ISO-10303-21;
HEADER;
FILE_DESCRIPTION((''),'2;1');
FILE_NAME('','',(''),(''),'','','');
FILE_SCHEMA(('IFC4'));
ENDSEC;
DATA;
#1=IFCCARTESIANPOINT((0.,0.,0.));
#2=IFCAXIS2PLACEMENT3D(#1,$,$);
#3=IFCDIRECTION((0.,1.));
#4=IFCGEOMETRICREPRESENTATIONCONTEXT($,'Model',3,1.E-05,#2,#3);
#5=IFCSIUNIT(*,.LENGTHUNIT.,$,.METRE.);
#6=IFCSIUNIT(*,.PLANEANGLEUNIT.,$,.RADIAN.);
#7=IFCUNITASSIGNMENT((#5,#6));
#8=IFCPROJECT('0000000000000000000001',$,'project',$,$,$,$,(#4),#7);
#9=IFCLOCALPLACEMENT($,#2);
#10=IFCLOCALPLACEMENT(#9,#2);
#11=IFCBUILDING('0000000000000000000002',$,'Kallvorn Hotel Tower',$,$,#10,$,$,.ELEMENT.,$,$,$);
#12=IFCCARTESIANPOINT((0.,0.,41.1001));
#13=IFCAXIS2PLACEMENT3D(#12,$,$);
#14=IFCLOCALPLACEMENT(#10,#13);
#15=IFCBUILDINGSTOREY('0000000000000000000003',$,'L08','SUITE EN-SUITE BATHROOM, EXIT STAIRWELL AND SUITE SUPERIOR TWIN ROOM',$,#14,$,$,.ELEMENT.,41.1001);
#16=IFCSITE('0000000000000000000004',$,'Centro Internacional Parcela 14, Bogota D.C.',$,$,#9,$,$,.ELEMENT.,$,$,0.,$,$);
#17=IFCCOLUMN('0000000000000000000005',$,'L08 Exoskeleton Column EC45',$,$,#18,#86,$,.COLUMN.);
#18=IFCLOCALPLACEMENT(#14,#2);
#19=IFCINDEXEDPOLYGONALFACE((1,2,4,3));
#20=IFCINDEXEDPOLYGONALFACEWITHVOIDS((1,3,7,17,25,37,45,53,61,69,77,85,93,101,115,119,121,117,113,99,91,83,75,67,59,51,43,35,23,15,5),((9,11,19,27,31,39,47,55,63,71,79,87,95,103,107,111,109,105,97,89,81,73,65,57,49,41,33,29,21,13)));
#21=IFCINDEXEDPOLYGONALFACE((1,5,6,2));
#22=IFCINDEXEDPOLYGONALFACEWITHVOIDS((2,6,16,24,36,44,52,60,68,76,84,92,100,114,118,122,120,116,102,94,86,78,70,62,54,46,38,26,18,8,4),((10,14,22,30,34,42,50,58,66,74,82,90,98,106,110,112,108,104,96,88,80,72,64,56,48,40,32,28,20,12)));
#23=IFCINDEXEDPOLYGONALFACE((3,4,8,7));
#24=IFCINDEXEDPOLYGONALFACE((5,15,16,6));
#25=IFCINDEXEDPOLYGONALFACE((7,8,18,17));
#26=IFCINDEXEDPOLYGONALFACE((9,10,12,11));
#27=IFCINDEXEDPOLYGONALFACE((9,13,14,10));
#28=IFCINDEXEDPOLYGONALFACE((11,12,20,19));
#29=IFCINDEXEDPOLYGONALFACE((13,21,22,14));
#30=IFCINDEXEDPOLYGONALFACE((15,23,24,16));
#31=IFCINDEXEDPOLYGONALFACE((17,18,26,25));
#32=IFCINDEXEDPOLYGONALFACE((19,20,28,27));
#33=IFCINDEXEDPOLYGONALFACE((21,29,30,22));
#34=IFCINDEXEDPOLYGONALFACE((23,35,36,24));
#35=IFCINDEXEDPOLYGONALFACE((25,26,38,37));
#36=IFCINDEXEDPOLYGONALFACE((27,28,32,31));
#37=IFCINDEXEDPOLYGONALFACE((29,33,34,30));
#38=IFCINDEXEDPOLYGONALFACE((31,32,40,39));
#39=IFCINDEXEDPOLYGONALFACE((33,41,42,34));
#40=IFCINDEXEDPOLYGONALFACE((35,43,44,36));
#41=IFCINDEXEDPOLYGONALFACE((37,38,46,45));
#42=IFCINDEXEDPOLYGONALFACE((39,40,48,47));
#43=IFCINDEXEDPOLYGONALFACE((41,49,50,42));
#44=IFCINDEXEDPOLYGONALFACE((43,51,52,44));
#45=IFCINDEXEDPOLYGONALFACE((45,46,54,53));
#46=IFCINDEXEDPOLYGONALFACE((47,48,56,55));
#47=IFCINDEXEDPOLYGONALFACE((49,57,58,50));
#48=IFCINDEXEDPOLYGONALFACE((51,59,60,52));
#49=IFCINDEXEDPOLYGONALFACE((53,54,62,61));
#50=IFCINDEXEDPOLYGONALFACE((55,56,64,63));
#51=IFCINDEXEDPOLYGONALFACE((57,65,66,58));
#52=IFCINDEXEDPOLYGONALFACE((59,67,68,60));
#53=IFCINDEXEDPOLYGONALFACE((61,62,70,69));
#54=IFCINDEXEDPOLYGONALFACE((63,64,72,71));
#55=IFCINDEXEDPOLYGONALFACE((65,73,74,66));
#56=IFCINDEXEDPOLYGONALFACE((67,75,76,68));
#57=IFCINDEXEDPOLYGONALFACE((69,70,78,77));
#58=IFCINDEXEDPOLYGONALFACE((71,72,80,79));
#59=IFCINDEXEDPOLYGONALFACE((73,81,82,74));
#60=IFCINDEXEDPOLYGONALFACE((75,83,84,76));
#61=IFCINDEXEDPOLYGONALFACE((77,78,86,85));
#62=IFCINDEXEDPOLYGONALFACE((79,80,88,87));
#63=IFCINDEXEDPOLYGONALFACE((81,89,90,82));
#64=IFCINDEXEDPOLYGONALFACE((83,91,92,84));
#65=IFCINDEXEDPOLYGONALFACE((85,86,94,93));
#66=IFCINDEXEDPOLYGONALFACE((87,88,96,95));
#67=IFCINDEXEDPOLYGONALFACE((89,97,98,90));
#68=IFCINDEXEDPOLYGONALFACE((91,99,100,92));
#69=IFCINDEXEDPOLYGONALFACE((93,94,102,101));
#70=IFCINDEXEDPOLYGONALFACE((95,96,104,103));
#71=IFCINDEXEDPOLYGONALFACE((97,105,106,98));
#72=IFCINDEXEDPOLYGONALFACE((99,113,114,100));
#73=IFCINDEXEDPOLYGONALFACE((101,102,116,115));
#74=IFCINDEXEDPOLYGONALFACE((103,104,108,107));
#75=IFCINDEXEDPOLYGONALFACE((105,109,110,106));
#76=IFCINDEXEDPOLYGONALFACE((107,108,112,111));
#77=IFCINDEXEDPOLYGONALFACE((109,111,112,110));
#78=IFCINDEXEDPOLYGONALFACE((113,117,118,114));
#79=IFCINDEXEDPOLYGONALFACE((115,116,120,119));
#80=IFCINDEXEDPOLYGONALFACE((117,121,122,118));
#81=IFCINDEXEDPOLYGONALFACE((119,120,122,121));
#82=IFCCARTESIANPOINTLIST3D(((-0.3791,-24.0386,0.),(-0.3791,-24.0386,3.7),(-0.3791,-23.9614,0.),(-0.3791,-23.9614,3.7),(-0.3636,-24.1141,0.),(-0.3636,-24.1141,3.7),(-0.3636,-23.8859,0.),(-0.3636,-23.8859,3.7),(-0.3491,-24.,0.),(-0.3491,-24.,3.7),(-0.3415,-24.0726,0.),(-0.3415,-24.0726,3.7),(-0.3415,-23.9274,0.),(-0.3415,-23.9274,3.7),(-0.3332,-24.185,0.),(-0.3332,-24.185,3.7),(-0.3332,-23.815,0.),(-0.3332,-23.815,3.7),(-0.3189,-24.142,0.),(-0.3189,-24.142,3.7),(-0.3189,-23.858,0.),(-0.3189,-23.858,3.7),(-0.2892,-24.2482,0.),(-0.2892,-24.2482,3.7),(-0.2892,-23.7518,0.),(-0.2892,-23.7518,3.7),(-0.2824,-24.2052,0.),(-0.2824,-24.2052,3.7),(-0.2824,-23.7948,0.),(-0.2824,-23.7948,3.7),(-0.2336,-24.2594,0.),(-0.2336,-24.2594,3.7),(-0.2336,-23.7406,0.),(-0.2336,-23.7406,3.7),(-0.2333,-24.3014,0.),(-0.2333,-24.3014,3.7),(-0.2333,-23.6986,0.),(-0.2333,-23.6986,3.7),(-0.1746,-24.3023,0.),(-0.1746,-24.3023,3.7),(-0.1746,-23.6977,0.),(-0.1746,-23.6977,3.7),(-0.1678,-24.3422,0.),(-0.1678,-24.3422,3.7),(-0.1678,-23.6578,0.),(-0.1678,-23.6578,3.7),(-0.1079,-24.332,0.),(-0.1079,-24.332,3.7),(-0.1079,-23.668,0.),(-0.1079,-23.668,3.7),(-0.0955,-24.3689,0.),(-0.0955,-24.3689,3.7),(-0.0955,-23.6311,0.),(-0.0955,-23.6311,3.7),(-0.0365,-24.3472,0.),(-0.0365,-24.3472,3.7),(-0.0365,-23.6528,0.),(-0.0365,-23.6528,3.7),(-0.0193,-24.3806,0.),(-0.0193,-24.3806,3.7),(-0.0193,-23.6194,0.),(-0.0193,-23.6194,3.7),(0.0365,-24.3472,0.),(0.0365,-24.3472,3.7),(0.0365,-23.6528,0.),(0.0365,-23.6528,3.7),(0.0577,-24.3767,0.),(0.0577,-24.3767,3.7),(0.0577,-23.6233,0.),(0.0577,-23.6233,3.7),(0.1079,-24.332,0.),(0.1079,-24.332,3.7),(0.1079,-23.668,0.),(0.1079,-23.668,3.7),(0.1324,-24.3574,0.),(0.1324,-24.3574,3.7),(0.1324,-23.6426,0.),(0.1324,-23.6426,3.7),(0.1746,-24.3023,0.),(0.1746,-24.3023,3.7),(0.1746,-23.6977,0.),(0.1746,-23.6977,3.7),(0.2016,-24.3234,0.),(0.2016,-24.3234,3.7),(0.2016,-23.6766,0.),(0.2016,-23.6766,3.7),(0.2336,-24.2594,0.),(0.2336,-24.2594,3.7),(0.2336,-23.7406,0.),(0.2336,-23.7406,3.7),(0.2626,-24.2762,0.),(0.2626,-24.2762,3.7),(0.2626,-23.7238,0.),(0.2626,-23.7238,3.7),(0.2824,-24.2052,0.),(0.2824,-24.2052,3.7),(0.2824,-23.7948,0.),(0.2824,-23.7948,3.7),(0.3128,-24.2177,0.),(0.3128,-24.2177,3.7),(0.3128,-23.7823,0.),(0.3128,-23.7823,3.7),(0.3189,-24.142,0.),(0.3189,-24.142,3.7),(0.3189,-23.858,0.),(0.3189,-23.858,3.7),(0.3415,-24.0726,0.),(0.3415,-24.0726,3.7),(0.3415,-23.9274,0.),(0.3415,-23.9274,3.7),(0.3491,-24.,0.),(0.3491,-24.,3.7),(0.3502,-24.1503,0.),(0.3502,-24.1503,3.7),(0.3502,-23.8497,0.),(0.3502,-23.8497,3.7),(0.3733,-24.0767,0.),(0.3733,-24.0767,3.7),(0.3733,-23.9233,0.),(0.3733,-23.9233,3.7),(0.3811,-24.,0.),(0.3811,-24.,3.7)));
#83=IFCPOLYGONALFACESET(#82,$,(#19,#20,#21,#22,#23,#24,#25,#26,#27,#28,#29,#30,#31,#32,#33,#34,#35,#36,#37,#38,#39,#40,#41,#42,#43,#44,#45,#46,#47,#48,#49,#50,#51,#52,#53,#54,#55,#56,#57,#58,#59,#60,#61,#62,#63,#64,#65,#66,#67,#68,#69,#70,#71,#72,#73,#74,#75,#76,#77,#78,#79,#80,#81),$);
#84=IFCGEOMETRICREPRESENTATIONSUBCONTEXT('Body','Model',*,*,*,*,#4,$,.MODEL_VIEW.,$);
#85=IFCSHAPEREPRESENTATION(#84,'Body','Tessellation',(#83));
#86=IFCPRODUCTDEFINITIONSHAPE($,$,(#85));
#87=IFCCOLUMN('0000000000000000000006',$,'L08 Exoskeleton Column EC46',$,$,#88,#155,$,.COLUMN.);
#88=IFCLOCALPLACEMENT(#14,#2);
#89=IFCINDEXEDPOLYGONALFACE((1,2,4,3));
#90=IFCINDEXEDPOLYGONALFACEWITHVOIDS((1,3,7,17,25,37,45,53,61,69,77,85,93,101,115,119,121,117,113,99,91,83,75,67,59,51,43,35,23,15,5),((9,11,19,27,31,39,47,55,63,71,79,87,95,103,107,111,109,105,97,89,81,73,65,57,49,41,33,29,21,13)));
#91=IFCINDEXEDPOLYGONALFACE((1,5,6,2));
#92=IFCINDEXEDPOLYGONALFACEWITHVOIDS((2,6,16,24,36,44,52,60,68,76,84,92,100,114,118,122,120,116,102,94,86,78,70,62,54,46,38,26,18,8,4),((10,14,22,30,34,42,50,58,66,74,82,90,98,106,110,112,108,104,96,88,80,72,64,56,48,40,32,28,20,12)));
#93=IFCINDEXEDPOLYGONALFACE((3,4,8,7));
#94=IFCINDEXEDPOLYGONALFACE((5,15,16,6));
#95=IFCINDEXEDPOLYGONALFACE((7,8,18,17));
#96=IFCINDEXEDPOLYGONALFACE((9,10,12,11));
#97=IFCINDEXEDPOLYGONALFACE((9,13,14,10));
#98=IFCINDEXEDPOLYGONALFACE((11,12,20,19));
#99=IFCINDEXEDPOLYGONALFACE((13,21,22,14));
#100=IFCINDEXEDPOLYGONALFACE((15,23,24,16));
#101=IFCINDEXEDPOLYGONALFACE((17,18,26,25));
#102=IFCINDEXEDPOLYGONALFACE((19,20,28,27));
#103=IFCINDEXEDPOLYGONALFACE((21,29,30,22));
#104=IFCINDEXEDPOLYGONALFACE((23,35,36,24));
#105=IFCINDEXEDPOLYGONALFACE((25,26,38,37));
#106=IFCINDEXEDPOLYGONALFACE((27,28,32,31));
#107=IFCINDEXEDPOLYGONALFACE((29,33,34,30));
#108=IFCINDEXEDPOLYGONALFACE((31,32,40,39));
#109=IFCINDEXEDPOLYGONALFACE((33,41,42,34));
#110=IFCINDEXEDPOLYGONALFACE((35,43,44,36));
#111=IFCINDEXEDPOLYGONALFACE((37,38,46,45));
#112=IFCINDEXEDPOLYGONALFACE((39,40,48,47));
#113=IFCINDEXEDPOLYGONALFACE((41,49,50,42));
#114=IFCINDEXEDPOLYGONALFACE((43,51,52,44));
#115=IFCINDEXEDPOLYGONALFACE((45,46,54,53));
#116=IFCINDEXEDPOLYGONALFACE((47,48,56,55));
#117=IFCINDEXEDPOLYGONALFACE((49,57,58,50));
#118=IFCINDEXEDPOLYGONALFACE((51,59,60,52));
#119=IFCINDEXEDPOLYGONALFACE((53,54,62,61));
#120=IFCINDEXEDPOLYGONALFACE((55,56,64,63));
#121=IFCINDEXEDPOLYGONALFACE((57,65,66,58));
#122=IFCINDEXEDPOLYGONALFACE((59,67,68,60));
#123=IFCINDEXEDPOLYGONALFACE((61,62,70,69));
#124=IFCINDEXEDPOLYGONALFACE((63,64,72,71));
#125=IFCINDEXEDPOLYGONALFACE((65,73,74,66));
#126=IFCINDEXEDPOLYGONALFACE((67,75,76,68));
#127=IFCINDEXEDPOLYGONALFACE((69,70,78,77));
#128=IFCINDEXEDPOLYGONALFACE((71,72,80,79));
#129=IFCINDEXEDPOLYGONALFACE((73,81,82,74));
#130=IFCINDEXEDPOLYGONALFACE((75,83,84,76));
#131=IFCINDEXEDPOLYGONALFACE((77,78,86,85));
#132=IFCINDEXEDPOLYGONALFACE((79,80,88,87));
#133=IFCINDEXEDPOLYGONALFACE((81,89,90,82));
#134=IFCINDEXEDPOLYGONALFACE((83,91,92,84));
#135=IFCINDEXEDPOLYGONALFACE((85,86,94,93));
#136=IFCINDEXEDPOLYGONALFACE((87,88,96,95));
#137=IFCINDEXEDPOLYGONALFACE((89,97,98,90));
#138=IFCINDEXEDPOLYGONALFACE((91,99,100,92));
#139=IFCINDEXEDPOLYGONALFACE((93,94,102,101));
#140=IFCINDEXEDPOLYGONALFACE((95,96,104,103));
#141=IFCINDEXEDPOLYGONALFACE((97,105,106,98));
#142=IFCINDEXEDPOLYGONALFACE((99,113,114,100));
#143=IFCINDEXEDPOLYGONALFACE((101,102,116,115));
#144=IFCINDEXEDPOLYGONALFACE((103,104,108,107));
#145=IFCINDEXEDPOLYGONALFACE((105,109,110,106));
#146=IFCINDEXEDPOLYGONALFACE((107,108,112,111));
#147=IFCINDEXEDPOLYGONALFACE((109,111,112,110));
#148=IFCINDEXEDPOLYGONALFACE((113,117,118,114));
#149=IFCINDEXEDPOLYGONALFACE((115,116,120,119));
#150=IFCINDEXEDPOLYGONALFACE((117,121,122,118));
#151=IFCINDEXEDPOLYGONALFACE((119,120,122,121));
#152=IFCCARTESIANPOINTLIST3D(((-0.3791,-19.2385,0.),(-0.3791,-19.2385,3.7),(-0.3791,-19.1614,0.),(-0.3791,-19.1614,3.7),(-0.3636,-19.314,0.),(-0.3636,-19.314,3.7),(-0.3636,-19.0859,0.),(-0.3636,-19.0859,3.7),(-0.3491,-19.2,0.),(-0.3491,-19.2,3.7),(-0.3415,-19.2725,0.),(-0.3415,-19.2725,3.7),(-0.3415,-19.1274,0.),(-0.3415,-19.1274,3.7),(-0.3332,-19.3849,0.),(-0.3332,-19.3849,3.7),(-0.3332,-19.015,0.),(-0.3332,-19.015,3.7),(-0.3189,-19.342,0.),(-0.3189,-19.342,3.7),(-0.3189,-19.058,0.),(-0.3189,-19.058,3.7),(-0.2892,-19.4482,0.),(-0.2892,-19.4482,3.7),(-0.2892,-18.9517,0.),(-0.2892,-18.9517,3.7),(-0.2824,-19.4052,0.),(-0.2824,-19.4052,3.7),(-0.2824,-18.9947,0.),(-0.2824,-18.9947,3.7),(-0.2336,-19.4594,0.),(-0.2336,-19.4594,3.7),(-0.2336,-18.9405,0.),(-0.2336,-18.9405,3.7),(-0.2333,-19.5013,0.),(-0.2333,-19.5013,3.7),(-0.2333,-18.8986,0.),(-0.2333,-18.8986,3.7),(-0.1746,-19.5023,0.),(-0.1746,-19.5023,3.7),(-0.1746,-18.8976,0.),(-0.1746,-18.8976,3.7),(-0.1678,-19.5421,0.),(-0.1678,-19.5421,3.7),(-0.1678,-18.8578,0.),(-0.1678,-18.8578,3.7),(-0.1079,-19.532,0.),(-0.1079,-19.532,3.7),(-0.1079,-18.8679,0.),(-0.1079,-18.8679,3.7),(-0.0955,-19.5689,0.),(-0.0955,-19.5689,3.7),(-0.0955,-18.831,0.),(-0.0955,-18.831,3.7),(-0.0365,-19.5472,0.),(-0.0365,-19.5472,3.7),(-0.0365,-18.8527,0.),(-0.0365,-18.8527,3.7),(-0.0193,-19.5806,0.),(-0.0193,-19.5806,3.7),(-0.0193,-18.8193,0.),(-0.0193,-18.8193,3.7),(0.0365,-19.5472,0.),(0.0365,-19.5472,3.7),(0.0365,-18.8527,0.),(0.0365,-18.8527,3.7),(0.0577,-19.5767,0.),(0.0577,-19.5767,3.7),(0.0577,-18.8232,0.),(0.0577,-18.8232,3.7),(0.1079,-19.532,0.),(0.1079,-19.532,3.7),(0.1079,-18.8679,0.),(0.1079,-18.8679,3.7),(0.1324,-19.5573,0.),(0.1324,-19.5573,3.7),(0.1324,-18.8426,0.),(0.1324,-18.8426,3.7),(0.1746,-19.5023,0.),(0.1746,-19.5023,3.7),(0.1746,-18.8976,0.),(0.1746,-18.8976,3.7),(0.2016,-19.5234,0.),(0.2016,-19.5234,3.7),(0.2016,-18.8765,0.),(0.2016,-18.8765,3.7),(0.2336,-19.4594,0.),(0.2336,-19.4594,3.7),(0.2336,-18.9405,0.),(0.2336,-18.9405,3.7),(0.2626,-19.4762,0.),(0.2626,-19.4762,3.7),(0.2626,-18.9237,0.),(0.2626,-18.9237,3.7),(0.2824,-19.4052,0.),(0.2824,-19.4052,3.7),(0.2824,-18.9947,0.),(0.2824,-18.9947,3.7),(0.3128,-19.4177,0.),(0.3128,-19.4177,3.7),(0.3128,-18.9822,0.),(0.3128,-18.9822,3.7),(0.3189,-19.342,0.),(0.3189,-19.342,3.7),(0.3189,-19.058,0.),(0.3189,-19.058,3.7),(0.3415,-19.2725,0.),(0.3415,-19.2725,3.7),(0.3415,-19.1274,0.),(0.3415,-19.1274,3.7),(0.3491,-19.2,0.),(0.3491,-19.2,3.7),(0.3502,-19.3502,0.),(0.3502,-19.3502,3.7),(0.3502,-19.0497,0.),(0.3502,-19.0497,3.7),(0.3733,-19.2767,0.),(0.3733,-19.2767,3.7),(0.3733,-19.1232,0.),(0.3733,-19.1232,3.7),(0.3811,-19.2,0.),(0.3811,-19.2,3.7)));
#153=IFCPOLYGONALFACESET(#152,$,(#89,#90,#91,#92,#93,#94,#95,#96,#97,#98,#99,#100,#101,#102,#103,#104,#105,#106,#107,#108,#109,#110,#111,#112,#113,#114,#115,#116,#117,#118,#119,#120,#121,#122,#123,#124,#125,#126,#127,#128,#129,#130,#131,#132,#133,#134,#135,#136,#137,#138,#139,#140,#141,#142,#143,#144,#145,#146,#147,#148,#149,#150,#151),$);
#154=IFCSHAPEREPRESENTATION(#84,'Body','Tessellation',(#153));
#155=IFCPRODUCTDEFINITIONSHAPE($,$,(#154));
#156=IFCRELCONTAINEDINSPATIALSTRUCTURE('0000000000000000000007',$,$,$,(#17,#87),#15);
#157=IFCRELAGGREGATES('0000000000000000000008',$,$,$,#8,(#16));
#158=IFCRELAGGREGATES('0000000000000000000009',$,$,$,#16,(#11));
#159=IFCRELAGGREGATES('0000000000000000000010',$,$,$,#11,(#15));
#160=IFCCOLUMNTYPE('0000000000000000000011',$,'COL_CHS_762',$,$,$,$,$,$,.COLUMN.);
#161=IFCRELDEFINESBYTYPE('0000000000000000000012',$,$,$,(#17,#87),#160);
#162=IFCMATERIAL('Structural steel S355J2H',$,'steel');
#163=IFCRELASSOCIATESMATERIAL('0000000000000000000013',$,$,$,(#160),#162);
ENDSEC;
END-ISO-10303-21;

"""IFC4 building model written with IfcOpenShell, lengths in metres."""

from ifc_helpers import new_model, si_unit, direction, frame, origin, origin_2d, place, context, subcontext, project, spatial, hollow_circle, extrude, material, material_profile, profile_set, type_object, element, save


model = new_model("IFC4")

# Units and contexts
model_context = context("Model", 3, precision=1e-05, world=origin(), true_north=direction((0.0, 1.0)))
body_context = subcontext(model_context, "Body", "Model", "MODEL_VIEW")
ifc_project = project(units=[si_unit("LENGTHUNIT", "METRE"), si_unit("PLANEANGLEUNIT", "RADIAN")], contexts=[model_context])

# Site, building, storey
site_placement = place(None, origin())
site = spatial("IfcSite", under=ifc_project, at=site_placement, Name="Centro Internacional Parcela 14, Bogota D.C.", CompositionType="ELEMENT", RefElevation=0.0)
building_placement = place(site_placement, origin())
building = spatial("IfcBuilding", under=site, at=building_placement, Name="Kallvorn Hotel Tower", CompositionType="ELEMENT")
storey_placement = place(building_placement, frame((0.0, 0.0, 41.1001)))
storey = spatial("IfcBuildingStorey", under=building, at=storey_placement, Name="L08", Description="SUITE EN-SUITE BATHROOM, EXIT STAIRWELL AND SUITE SUPERIOR TWIN ROOM", CompositionType="ELEMENT", Elevation=41.1001)

# Columns
ifc_material_1 = material(Name="Structural steel S355J2H", Category="steel")
ifc_material_profile_1 = material_profile(ifc_material_1, hollow_circle(Radius=0.3811, WallThickness=0.032, at=origin_2d()), Name="CHS 762x32")
ifc_profile_set_1 = profile_set([ifc_material_profile_1], Name="Structural steel S355J2H")
column_type = type_object("IfcColumnType", Name="COL_CHS_762", PredefinedType="COLUMN", material=ifc_profile_set_1)
for number, where, z_axis, x_axis, name in (
    (1, (0.0, -24.0, 0.0), (0.0, 0.0, 1.0), (1.0, 0.0, 0.0), "L08 Exoskeleton Column EC45"),
    (2, (0.0, -19.2, 0.0), (0.0, 0.0, 1.0), (1.0, 0.0, 0.0), "L08 Exoskeleton Column EC46"),
):
    element("IfcColumn", number, at=place(storey_placement, frame(where, z_axis=z_axis, x_axis=x_axis)), inside=storey, type_object=column_type, Name=name, PredefinedType="COLUMN", context=body_context, shape_type="SweptSolid", body=[
        extrude(hollow_circle(Radius=0.3811, WallThickness=0.032, at=origin_2d()), origin(), (0.0, 0.0, 1.0), 3.7),
    ])

save(model, "model.ifc")
